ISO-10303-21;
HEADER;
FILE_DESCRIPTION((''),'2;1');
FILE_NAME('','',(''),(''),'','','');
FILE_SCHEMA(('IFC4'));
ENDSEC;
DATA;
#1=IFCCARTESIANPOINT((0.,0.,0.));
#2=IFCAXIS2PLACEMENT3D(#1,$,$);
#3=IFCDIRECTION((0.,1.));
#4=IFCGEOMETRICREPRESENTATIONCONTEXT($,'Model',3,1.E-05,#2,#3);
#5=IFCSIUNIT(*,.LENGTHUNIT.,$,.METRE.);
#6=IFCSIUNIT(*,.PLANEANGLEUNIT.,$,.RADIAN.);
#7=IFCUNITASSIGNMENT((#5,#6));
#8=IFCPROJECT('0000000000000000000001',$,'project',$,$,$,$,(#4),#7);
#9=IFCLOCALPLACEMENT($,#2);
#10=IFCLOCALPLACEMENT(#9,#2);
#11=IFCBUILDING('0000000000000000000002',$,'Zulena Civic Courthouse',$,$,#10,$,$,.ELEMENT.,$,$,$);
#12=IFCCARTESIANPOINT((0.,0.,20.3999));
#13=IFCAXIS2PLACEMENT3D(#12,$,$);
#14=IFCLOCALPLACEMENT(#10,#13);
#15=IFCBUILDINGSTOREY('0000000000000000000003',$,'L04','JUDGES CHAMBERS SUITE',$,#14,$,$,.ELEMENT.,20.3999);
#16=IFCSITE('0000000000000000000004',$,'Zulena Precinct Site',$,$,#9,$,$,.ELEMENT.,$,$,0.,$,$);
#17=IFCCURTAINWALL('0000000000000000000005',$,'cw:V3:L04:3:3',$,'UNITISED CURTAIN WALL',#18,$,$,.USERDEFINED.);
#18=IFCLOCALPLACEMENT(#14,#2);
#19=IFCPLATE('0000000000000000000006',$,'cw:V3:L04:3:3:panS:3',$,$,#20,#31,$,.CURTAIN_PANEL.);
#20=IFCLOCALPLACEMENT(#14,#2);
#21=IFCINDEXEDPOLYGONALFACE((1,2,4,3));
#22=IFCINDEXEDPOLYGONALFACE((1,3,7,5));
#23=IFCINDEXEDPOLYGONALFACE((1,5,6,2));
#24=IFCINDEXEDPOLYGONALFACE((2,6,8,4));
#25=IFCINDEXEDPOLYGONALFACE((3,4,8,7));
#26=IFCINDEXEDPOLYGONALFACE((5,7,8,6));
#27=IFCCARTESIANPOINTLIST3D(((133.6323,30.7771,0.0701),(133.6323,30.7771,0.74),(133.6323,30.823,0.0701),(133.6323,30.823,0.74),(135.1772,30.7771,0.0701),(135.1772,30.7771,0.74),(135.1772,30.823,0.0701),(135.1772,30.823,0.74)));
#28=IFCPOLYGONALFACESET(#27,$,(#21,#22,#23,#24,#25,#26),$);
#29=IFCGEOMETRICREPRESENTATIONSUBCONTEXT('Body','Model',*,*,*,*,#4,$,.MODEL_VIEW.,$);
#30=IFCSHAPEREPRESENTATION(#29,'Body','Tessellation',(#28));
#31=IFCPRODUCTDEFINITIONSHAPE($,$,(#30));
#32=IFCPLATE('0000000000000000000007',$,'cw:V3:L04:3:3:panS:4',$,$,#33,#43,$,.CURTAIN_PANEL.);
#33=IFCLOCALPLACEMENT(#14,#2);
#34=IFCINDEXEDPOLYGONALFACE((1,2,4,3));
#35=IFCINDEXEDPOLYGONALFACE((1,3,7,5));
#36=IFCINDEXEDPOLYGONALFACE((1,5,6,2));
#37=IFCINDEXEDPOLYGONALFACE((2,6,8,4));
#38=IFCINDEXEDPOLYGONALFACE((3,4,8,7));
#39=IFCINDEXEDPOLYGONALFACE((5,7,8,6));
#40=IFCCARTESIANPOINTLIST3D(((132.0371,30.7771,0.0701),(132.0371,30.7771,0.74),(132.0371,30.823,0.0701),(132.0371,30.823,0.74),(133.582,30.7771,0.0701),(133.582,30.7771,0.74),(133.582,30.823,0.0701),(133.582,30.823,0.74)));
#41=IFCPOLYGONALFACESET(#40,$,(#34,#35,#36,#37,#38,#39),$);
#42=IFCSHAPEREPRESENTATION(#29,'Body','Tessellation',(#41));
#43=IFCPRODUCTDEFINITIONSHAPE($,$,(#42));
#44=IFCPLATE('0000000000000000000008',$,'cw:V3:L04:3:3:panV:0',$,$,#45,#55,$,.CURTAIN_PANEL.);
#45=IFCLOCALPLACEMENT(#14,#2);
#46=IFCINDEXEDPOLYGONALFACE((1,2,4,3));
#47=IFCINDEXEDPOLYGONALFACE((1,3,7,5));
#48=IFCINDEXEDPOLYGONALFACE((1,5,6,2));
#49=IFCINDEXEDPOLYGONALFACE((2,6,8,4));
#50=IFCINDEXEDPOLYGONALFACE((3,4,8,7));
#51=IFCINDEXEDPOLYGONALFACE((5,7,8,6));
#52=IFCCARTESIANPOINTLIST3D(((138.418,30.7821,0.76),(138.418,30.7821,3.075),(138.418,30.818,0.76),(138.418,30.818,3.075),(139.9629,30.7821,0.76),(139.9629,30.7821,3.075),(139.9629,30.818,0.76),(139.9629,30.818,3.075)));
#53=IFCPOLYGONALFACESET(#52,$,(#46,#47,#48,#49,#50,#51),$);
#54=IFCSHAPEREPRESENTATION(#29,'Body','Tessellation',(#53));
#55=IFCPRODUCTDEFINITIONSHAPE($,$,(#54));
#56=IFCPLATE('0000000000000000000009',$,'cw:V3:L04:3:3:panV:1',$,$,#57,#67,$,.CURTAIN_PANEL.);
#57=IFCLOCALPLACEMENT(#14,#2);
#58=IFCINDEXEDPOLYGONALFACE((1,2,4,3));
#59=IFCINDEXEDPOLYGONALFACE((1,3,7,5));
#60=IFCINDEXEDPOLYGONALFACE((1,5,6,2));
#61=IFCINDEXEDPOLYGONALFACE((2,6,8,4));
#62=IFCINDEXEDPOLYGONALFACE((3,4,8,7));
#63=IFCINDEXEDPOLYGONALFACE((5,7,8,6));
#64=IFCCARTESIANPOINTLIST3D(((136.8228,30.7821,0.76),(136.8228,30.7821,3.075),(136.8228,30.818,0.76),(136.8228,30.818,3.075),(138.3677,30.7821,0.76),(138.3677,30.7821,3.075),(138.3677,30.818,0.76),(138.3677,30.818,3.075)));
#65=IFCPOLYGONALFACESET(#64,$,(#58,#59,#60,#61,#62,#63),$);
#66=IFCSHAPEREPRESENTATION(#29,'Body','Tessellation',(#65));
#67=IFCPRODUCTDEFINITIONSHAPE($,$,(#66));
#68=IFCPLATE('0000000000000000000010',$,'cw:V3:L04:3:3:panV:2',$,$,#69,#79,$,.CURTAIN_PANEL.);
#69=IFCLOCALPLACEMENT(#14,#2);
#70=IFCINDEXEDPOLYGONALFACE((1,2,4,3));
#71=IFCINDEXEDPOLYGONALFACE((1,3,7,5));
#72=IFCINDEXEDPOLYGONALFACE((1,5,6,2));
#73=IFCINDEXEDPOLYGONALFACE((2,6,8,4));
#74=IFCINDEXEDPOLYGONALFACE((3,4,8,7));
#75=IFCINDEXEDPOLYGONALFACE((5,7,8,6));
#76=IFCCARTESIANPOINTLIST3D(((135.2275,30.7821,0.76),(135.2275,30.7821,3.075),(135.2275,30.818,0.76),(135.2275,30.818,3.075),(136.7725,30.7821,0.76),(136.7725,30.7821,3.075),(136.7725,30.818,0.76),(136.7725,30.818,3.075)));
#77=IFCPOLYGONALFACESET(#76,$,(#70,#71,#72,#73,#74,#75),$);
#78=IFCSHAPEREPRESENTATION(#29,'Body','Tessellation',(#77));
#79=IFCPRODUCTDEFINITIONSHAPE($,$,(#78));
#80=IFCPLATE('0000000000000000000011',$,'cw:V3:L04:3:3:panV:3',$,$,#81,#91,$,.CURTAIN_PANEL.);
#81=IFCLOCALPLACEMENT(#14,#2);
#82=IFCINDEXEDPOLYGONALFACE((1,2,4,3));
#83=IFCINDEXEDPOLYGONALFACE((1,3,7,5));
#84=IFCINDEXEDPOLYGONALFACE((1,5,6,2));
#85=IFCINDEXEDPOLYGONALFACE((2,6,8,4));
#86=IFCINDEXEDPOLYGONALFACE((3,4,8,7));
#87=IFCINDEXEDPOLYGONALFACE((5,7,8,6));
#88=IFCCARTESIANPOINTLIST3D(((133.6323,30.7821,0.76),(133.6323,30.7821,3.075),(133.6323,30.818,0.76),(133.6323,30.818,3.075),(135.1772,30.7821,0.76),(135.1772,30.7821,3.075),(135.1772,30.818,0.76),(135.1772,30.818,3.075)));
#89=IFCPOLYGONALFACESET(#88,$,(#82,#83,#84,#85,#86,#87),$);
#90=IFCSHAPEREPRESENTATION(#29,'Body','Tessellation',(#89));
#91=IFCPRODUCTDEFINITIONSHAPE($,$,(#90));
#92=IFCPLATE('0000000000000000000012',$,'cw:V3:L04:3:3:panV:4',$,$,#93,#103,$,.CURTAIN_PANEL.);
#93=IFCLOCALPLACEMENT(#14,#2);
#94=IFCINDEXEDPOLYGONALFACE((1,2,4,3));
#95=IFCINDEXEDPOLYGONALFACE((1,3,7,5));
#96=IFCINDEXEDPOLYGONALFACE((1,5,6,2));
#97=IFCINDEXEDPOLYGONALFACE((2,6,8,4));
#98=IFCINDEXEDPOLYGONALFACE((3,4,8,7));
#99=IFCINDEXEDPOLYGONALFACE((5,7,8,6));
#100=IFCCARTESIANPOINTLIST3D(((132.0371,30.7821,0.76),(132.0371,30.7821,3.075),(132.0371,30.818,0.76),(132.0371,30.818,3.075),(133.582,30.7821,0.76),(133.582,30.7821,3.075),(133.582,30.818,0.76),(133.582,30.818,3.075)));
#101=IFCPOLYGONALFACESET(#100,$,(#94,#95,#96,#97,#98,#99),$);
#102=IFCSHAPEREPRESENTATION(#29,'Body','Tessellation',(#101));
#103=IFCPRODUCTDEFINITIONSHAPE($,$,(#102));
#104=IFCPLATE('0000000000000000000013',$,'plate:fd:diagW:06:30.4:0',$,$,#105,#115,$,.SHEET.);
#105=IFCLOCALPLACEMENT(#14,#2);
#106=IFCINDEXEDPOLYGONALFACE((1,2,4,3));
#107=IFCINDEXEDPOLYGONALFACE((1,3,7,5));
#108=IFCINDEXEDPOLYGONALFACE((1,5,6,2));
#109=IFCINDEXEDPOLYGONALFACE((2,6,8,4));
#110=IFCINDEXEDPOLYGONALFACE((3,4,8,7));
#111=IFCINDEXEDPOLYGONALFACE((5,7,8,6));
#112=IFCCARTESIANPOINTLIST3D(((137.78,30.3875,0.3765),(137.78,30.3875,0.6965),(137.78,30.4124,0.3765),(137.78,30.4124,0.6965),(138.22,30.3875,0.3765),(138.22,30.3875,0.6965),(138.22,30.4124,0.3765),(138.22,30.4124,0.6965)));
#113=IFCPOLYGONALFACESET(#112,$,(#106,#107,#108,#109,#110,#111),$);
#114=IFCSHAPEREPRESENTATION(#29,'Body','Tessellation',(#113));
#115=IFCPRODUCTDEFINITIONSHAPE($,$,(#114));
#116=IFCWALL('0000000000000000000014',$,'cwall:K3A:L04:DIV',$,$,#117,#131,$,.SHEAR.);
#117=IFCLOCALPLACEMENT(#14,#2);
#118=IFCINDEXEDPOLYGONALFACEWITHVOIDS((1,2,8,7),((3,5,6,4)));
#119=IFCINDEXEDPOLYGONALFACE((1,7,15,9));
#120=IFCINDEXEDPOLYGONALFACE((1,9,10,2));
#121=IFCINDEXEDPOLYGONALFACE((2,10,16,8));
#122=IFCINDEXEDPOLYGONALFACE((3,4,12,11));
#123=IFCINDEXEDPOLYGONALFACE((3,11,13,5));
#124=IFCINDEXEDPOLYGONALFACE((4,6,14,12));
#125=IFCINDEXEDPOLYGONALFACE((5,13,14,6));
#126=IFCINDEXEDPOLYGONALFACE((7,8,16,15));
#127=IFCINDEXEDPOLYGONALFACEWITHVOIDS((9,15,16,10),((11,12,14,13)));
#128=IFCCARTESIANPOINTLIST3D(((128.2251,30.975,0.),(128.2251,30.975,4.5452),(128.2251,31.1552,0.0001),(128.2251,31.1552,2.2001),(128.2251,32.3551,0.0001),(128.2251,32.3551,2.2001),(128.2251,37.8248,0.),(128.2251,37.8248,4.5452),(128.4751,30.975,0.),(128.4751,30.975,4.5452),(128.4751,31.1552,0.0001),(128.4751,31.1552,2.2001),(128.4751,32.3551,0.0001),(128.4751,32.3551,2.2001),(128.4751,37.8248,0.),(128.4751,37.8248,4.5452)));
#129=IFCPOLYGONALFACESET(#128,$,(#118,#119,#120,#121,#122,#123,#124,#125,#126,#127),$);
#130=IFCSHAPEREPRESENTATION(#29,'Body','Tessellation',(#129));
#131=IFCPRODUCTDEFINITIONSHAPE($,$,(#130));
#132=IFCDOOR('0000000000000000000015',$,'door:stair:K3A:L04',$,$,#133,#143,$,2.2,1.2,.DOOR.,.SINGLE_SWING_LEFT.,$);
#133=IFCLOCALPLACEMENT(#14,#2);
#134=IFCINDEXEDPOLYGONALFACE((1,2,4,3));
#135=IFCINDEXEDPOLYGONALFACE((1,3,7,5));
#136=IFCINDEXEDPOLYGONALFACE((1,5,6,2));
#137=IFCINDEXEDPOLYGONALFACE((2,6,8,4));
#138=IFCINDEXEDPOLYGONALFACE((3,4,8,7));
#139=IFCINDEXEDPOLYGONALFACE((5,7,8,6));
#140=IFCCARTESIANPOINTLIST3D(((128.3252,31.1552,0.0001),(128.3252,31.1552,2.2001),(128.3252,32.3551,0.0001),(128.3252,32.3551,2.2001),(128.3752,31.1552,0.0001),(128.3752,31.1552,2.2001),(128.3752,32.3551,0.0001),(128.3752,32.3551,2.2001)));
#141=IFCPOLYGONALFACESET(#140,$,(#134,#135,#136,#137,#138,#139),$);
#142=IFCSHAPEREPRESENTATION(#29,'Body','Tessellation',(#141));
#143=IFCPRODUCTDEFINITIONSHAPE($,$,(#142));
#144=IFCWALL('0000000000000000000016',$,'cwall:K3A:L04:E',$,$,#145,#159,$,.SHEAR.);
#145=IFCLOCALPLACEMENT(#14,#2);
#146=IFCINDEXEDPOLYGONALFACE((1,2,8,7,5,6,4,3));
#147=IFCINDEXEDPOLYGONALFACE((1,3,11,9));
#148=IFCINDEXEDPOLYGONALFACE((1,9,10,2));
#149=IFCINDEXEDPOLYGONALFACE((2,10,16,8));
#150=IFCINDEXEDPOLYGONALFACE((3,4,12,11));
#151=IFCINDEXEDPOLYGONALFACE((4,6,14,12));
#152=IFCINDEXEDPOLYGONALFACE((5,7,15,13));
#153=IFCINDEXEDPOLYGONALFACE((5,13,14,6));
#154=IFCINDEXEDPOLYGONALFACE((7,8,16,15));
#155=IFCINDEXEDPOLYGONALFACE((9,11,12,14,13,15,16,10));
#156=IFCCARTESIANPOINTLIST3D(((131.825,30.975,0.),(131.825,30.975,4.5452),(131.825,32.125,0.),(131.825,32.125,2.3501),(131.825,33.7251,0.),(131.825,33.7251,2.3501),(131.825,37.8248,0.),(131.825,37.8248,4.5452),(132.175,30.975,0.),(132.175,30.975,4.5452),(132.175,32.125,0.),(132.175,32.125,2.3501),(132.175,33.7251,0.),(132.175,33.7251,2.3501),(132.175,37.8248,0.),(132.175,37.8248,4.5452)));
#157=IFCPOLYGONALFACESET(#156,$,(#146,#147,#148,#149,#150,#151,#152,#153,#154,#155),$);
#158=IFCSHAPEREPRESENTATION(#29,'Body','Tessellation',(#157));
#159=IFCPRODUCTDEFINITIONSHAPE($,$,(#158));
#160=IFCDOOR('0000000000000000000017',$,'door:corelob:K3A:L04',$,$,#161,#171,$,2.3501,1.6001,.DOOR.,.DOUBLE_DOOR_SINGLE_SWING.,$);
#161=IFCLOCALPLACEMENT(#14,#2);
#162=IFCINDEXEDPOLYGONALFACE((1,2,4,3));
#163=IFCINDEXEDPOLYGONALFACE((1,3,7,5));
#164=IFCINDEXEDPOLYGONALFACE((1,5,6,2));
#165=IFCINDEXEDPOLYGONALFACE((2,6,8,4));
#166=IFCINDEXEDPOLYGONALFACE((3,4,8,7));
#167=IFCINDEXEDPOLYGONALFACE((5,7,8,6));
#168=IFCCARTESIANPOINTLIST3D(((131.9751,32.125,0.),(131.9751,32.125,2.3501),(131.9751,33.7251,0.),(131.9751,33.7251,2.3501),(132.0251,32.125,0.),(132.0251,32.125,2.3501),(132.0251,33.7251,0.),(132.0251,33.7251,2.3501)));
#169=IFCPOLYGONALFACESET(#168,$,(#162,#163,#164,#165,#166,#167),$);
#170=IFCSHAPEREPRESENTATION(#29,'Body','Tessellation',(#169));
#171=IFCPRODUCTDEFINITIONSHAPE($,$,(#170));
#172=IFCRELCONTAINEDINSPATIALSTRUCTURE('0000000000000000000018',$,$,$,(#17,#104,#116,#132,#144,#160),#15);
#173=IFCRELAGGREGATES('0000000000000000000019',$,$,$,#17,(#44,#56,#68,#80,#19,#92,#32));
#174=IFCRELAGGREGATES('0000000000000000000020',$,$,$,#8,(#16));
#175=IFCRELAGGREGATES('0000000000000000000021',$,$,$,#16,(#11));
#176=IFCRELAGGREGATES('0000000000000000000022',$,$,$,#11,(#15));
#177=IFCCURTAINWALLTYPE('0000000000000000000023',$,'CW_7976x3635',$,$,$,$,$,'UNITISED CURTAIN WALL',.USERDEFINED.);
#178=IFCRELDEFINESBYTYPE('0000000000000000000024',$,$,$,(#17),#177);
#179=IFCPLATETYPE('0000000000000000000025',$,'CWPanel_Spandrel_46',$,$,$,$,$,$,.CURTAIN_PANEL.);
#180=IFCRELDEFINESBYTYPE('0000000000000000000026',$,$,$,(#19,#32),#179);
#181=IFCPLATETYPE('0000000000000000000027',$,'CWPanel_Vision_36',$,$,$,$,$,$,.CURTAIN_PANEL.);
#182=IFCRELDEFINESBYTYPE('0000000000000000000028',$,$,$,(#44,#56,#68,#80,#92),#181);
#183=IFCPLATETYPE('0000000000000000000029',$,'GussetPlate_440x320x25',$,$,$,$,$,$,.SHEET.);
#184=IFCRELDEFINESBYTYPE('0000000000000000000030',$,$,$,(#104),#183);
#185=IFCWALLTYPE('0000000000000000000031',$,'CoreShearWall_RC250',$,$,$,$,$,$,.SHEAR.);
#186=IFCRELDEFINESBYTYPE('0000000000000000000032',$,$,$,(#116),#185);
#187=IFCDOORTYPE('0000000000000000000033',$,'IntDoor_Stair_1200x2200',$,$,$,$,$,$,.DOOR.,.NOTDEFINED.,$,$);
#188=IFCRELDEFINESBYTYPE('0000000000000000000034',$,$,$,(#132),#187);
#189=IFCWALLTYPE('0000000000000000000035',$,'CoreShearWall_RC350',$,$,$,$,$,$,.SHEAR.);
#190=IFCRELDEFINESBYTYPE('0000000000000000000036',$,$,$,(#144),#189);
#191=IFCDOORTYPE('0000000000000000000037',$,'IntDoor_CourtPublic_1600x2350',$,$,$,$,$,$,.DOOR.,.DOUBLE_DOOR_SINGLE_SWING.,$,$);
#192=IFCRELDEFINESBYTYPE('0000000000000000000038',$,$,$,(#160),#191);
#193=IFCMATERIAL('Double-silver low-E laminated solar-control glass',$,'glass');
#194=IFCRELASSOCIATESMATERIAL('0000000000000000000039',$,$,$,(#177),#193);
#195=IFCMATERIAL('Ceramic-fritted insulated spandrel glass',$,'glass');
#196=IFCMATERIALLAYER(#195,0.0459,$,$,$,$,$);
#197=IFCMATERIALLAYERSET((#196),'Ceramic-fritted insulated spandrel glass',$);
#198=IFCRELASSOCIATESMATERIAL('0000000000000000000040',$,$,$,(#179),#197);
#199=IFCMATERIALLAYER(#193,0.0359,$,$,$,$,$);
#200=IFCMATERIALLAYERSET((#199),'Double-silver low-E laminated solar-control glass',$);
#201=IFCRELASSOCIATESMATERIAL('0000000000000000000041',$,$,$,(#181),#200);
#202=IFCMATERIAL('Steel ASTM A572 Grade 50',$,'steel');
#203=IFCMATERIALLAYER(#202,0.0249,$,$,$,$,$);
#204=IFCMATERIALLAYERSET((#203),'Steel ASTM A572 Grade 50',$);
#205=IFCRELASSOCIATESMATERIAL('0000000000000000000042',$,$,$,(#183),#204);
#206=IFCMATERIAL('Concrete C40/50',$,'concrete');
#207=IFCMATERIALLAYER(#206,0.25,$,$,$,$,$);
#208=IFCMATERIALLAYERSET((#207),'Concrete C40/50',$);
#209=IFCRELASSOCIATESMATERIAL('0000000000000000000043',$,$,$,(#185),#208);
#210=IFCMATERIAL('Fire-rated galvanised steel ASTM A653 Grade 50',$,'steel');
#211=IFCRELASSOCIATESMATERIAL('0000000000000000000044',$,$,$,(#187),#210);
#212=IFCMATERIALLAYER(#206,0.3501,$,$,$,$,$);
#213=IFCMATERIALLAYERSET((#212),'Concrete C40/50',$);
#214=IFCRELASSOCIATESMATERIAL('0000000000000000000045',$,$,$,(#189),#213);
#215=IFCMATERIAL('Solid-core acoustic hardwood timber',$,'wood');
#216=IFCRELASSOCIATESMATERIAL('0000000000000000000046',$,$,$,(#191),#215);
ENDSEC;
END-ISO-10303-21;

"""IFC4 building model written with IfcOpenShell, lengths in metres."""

from ifc_helpers import new_model, si_unit, direction, frame, frame_2d, origin, origin_2d, place, context, subcontext, project, spatial, rectangle, extrude, material, layer, layer_set, type_object, element, fill, aggregate, save


model = new_model("IFC4")

# Units and contexts
model_context = context("Model", 3, precision=1e-05, world=origin(), true_north=direction((0.0, 1.0)))
body_context = subcontext(model_context, "Body", "Model", "MODEL_VIEW")
ifc_project = project(units=[si_unit("LENGTHUNIT", "METRE"), si_unit("PLANEANGLEUNIT", "RADIAN")], contexts=[model_context])

# Site, building, storey
site_placement = place(None, origin())
site = spatial("IfcSite", under=ifc_project, at=site_placement, Name="Zulena Precinct Site", CompositionType="ELEMENT", RefElevation=0.0)
building_placement = place(site_placement, origin())
building = spatial("IfcBuilding", under=site, at=building_placement, Name="Zulena Civic Courthouse", CompositionType="ELEMENT")
storey_placement = place(building_placement, frame((0.0, 0.0, 20.3999)))
storey = spatial("IfcBuildingStorey", under=building, at=storey_placement, Name="L04", Description="JUDGES CHAMBERS SUITE", CompositionType="ELEMENT", Elevation=20.3999)

# Curtain wall
ifc_material_1 = material(Name="Double-silver low-E laminated solar-control glass", Category="glass")
curtain_wall_type = type_object("IfcCurtainWallType", Name="CW_7976x3635", ElementType="UNITISED CURTAIN WALL", PredefinedType="USERDEFINED", material=ifc_material_1)
curtain_wall_placement = place(storey_placement, origin())
curtain_wall = element("IfcCurtainWall", 1, at=curtain_wall_placement, inside=storey, type_object=curtain_wall_type, Name="cw:V3:L04:3:3", ObjectType="UNITISED CURTAIN WALL", PredefinedType="USERDEFINED")

# Plates
ifc_material_2 = material(Name="Ceramic-fritted insulated spandrel glass", Category="glass")
ifc_layer_1 = layer(ifc_material_2, 0.0459)
ifc_layer_set_1 = layer_set([ifc_layer_1], Name="Ceramic-fritted insulated spandrel glass")
plate_type_1 = type_object("IfcPlateType", Name="CWPanel_Spandrel_46", PredefinedType="CURTAIN_PANEL", material=ifc_layer_set_1)
plate_1_placement = place(storey_placement, frame((134.4048, 30.8, 0.0701), z_axis=(0.0, 0.0, 1.0), x_axis=(-1.0, 0.0, 0.0)))
plate_1 = element("IfcPlate", 2, at=plate_1_placement, type_object=plate_type_1, Name="cw:V3:L04:3:3:panS:3", PredefinedType="CURTAIN_PANEL", context=body_context, shape_type="SweptSolid", body=[
    extrude(rectangle(XDim=1.5449, YDim=0.0459, at=origin_2d()), origin(), (0.0, 0.0, 1.0), 0.6699),
])
plate_2_placement = place(storey_placement, frame((132.8096, 30.8, 0.0701), z_axis=(0.0, 0.0, 1.0), x_axis=(-1.0, 0.0, 0.0)))
plate_2 = element("IfcPlate", 3, at=plate_2_placement, type_object=plate_type_1, Name="cw:V3:L04:3:3:panS:4", PredefinedType="CURTAIN_PANEL", context=body_context, shape_type="SweptSolid", body=[
    extrude(rectangle(XDim=1.5449, YDim=0.0459, at=origin_2d()), origin(), (0.0, 0.0, 1.0), 0.6699),
])
ifc_layer_2 = layer(ifc_material_1, 0.0359)
ifc_layer_set_2 = layer_set([ifc_layer_2], Name="Double-silver low-E laminated solar-control glass")
plate_type_2 = type_object("IfcPlateType", Name="CWPanel_Vision_36", PredefinedType="CURTAIN_PANEL", material=ifc_layer_set_2)
plate_3_placement = place(storey_placement, frame((139.1904, 30.8, 0.76), z_axis=(0.0, 0.0, 1.0), x_axis=(-1.0, 0.0, 0.0)))
plate_3 = element("IfcPlate", 4, at=plate_3_placement, type_object=plate_type_2, Name="cw:V3:L04:3:3:panV:0", PredefinedType="CURTAIN_PANEL", context=body_context, shape_type="SweptSolid", body=[
    extrude(rectangle(XDim=1.5449, YDim=0.0359, at=origin_2d()), origin(), (0.0, 0.0, 1.0), 2.3149),
])
plate_4_placement = place(storey_placement, frame((137.5952, 30.8, 0.76), z_axis=(0.0, 0.0, 1.0), x_axis=(-1.0, 0.0, 0.0)))
plate_4 = element("IfcPlate", 5, at=plate_4_placement, type_object=plate_type_2, Name="cw:V3:L04:3:3:panV:1", PredefinedType="CURTAIN_PANEL", context=body_context, shape_type="SweptSolid", body=[
    extrude(rectangle(XDim=1.5449, YDim=0.0359, at=origin_2d()), origin(), (0.0, 0.0, 1.0), 2.3149),
])
plate_5_placement = place(storey_placement, frame((136.0, 30.8, 0.76), z_axis=(0.0, 0.0, 1.0), x_axis=(-1.0, 0.0, 0.0)))
plate_5 = element("IfcPlate", 6, at=plate_5_placement, type_object=plate_type_2, Name="cw:V3:L04:3:3:panV:2", PredefinedType="CURTAIN_PANEL", context=body_context, shape_type="SweptSolid", body=[
    extrude(rectangle(XDim=1.5449, YDim=0.0359, at=origin_2d()), origin(), (0.0, 0.0, 1.0), 2.3149),
])
plate_6_placement = place(storey_placement, frame((134.4048, 30.8, 0.76), z_axis=(0.0, 0.0, 1.0), x_axis=(-1.0, 0.0, 0.0)))
plate_6 = element("IfcPlate", 7, at=plate_6_placement, type_object=plate_type_2, Name="cw:V3:L04:3:3:panV:3", PredefinedType="CURTAIN_PANEL", context=body_context, shape_type="SweptSolid", body=[
    extrude(rectangle(XDim=1.5449, YDim=0.0359, at=origin_2d()), origin(), (0.0, 0.0, 1.0), 2.3149),
])
plate_7_placement = place(storey_placement, frame((132.8096, 30.8, 0.76), z_axis=(0.0, 0.0, 1.0), x_axis=(-1.0, 0.0, 0.0)))
plate_7 = element("IfcPlate", 8, at=plate_7_placement, type_object=plate_type_2, Name="cw:V3:L04:3:3:panV:4", PredefinedType="CURTAIN_PANEL", context=body_context, shape_type="SweptSolid", body=[
    extrude(rectangle(XDim=1.5449, YDim=0.0359, at=origin_2d()), origin(), (0.0, 0.0, 1.0), 2.3149),
])
aggregate(curtain_wall, [plate_3, plate_4, plate_5, plate_6, plate_1, plate_7, plate_2])
ifc_material_3 = material(Name="Steel ASTM A572 Grade 50", Category="steel")
ifc_layer_3 = layer(ifc_material_3, 0.0249)
ifc_layer_set_3 = layer_set([ifc_layer_3], Name="Steel ASTM A572 Grade 50")
plate_type_3 = type_object("IfcPlateType", Name="GussetPlate_440x320x25", PredefinedType="SHEET", material=ifc_layer_set_3)
plate_8_placement = place(storey_placement, frame((138.0, 30.3999, 0.3765), z_axis=(0.0, 0.0, 1.0), x_axis=(1.0, 0.0, 0.0)))
element("IfcPlate", 9, at=plate_8_placement, inside=storey, type_object=plate_type_3, Name="plate:fd:diagW:06:30.4:0", PredefinedType="SHEET", context=body_context, shape_type="SweptSolid", body=[
    extrude(rectangle(XDim=0.4399, YDim=0.0249, at=origin_2d()), origin(), (0.0, 0.0, 1.0), 0.3201),
])

# Walls, openings, doors
ifc_material_4 = material(Name="Concrete C40/50", Category="concrete")
ifc_layer_4 = layer(ifc_material_4, 0.25)
ifc_layer_set_4 = layer_set([ifc_layer_4], Name="Concrete C40/50")
wall_type_1 = type_object("IfcWallType", Name="CoreShearWall_RC250", PredefinedType="SHEAR", material=ifc_layer_set_4)
wall_1_placement = place(storey_placement, frame((128.3501, 30.9751, 0.0), z_axis=(0.0, 0.0, 1.0), x_axis=(0.0, 1.0, 0.0)))
wall_1 = element("IfcWall", 10, at=wall_1_placement, inside=storey, type_object=wall_type_1, Name="cwall:K3A:L04:DIV", PredefinedType="SHEAR", context=body_context, shape_type="SweptSolid", body=[
    extrude(rectangle(XDim=6.8499, YDim=0.25, at=frame_2d((3.4248, 0.0))), origin(), (0.0, 0.0, 1.0), 4.5452),
])
opening_1_placement = place(wall_1_placement, frame((0.1799, 0.0, 0.0)))
opening_1 = element("IfcOpeningElement", 11, at=opening_1_placement, cuts=wall_1, PredefinedType="OPENING", context=body_context, shape_type="SweptSolid", body=[
    extrude(rectangle(XDim=1.2, YDim=2.2, at=frame_2d((0.6001, 1.1001))), frame((0.0, 0.135, 0.0), z_axis=(0.0, -1.0, 0.0), x_axis=(1.0, 0.0, 0.0)), (0.0, 0.0, 1.0), 0.27),
])
ifc_material_5 = material(Name="Fire-rated galvanised steel ASTM A653 Grade 50", Category="steel")
door_type_1 = type_object("IfcDoorType", Name="IntDoor_Stair_1200x2200", OperationType="NOTDEFINED", PredefinedType="DOOR", material=ifc_material_5)
door_1_placement = place(opening_1_placement, origin())
door_1 = element("IfcDoor", 12, at=door_1_placement, inside=storey, type_object=door_type_1, Name="door:stair:K3A:L04", OperationType="SINGLE_SWING_LEFT", OverallHeight=2.2, OverallWidth=1.2, PredefinedType="DOOR", context=body_context, shape_type="SweptSolid", body=[
    extrude(rectangle(XDim=1.2, YDim=2.2, at=frame_2d((0.6001, 1.1001))), frame((0.0, 0.0249, 0.0), z_axis=(0.0, -1.0, 0.0), x_axis=(1.0, 0.0, 0.0)), (0.0, 0.0, 1.0), 0.05),
])
fill(opening_1, door_1)
ifc_layer_5 = layer(ifc_material_4, 0.3501)
ifc_layer_set_5 = layer_set([ifc_layer_5], Name="Concrete C40/50")
wall_type_2 = type_object("IfcWallType", Name="CoreShearWall_RC350", PredefinedType="SHEAR", material=ifc_layer_set_5)
wall_2_placement = place(storey_placement, frame((132.0, 30.9751, 0.0), z_axis=(0.0, 0.0, 1.0), x_axis=(0.0, 1.0, 0.0)))
wall_2 = element("IfcWall", 13, at=wall_2_placement, inside=storey, type_object=wall_type_2, Name="cwall:K3A:L04:E", PredefinedType="SHEAR", context=body_context, shape_type="SweptSolid", body=[
    extrude(rectangle(XDim=6.8499, YDim=0.3501, at=frame_2d((3.4248, 0.0))), origin(), (0.0, 0.0, 1.0), 4.5452),
])
opening_2_placement = place(wall_2_placement, frame((1.1499, 0.0, 0.0)))
opening_2 = element("IfcOpeningElement", 14, at=opening_2_placement, cuts=wall_2, PredefinedType="OPENING", context=body_context, shape_type="SweptSolid", body=[
    extrude(rectangle(XDim=1.6001, YDim=2.3501, at=frame_2d((0.8, 1.175))), frame((0.0, 0.1851, 0.0), z_axis=(0.0, -1.0, 0.0), x_axis=(1.0, 0.0, 0.0)), (0.0, 0.0, 1.0), 0.3701),
])
ifc_material_6 = material(Name="Solid-core acoustic hardwood timber", Category="wood")
door_type_2 = type_object("IfcDoorType", Name="IntDoor_CourtPublic_1600x2350", OperationType="DOUBLE_DOOR_SINGLE_SWING", PredefinedType="DOOR", material=ifc_material_6)
door_2_placement = place(opening_2_placement, origin())
door_2 = element("IfcDoor", 15, at=door_2_placement, inside=storey, type_object=door_type_2, Name="door:corelob:K3A:L04", OperationType="DOUBLE_DOOR_SINGLE_SWING", OverallHeight=2.3501, OverallWidth=1.6001, PredefinedType="DOOR", context=body_context, shape_type="SweptSolid", body=[
    extrude(rectangle(XDim=1.6001, YDim=2.3501, at=frame_2d((0.8, 1.175))), frame((0.0, 0.0249, 0.0), z_axis=(0.0, -1.0, 0.0), x_axis=(1.0, 0.0, 0.0)), (0.0, 0.0, 1.0), 0.05),
])
fill(opening_2, door_2)

save(model, "model.ifc")
